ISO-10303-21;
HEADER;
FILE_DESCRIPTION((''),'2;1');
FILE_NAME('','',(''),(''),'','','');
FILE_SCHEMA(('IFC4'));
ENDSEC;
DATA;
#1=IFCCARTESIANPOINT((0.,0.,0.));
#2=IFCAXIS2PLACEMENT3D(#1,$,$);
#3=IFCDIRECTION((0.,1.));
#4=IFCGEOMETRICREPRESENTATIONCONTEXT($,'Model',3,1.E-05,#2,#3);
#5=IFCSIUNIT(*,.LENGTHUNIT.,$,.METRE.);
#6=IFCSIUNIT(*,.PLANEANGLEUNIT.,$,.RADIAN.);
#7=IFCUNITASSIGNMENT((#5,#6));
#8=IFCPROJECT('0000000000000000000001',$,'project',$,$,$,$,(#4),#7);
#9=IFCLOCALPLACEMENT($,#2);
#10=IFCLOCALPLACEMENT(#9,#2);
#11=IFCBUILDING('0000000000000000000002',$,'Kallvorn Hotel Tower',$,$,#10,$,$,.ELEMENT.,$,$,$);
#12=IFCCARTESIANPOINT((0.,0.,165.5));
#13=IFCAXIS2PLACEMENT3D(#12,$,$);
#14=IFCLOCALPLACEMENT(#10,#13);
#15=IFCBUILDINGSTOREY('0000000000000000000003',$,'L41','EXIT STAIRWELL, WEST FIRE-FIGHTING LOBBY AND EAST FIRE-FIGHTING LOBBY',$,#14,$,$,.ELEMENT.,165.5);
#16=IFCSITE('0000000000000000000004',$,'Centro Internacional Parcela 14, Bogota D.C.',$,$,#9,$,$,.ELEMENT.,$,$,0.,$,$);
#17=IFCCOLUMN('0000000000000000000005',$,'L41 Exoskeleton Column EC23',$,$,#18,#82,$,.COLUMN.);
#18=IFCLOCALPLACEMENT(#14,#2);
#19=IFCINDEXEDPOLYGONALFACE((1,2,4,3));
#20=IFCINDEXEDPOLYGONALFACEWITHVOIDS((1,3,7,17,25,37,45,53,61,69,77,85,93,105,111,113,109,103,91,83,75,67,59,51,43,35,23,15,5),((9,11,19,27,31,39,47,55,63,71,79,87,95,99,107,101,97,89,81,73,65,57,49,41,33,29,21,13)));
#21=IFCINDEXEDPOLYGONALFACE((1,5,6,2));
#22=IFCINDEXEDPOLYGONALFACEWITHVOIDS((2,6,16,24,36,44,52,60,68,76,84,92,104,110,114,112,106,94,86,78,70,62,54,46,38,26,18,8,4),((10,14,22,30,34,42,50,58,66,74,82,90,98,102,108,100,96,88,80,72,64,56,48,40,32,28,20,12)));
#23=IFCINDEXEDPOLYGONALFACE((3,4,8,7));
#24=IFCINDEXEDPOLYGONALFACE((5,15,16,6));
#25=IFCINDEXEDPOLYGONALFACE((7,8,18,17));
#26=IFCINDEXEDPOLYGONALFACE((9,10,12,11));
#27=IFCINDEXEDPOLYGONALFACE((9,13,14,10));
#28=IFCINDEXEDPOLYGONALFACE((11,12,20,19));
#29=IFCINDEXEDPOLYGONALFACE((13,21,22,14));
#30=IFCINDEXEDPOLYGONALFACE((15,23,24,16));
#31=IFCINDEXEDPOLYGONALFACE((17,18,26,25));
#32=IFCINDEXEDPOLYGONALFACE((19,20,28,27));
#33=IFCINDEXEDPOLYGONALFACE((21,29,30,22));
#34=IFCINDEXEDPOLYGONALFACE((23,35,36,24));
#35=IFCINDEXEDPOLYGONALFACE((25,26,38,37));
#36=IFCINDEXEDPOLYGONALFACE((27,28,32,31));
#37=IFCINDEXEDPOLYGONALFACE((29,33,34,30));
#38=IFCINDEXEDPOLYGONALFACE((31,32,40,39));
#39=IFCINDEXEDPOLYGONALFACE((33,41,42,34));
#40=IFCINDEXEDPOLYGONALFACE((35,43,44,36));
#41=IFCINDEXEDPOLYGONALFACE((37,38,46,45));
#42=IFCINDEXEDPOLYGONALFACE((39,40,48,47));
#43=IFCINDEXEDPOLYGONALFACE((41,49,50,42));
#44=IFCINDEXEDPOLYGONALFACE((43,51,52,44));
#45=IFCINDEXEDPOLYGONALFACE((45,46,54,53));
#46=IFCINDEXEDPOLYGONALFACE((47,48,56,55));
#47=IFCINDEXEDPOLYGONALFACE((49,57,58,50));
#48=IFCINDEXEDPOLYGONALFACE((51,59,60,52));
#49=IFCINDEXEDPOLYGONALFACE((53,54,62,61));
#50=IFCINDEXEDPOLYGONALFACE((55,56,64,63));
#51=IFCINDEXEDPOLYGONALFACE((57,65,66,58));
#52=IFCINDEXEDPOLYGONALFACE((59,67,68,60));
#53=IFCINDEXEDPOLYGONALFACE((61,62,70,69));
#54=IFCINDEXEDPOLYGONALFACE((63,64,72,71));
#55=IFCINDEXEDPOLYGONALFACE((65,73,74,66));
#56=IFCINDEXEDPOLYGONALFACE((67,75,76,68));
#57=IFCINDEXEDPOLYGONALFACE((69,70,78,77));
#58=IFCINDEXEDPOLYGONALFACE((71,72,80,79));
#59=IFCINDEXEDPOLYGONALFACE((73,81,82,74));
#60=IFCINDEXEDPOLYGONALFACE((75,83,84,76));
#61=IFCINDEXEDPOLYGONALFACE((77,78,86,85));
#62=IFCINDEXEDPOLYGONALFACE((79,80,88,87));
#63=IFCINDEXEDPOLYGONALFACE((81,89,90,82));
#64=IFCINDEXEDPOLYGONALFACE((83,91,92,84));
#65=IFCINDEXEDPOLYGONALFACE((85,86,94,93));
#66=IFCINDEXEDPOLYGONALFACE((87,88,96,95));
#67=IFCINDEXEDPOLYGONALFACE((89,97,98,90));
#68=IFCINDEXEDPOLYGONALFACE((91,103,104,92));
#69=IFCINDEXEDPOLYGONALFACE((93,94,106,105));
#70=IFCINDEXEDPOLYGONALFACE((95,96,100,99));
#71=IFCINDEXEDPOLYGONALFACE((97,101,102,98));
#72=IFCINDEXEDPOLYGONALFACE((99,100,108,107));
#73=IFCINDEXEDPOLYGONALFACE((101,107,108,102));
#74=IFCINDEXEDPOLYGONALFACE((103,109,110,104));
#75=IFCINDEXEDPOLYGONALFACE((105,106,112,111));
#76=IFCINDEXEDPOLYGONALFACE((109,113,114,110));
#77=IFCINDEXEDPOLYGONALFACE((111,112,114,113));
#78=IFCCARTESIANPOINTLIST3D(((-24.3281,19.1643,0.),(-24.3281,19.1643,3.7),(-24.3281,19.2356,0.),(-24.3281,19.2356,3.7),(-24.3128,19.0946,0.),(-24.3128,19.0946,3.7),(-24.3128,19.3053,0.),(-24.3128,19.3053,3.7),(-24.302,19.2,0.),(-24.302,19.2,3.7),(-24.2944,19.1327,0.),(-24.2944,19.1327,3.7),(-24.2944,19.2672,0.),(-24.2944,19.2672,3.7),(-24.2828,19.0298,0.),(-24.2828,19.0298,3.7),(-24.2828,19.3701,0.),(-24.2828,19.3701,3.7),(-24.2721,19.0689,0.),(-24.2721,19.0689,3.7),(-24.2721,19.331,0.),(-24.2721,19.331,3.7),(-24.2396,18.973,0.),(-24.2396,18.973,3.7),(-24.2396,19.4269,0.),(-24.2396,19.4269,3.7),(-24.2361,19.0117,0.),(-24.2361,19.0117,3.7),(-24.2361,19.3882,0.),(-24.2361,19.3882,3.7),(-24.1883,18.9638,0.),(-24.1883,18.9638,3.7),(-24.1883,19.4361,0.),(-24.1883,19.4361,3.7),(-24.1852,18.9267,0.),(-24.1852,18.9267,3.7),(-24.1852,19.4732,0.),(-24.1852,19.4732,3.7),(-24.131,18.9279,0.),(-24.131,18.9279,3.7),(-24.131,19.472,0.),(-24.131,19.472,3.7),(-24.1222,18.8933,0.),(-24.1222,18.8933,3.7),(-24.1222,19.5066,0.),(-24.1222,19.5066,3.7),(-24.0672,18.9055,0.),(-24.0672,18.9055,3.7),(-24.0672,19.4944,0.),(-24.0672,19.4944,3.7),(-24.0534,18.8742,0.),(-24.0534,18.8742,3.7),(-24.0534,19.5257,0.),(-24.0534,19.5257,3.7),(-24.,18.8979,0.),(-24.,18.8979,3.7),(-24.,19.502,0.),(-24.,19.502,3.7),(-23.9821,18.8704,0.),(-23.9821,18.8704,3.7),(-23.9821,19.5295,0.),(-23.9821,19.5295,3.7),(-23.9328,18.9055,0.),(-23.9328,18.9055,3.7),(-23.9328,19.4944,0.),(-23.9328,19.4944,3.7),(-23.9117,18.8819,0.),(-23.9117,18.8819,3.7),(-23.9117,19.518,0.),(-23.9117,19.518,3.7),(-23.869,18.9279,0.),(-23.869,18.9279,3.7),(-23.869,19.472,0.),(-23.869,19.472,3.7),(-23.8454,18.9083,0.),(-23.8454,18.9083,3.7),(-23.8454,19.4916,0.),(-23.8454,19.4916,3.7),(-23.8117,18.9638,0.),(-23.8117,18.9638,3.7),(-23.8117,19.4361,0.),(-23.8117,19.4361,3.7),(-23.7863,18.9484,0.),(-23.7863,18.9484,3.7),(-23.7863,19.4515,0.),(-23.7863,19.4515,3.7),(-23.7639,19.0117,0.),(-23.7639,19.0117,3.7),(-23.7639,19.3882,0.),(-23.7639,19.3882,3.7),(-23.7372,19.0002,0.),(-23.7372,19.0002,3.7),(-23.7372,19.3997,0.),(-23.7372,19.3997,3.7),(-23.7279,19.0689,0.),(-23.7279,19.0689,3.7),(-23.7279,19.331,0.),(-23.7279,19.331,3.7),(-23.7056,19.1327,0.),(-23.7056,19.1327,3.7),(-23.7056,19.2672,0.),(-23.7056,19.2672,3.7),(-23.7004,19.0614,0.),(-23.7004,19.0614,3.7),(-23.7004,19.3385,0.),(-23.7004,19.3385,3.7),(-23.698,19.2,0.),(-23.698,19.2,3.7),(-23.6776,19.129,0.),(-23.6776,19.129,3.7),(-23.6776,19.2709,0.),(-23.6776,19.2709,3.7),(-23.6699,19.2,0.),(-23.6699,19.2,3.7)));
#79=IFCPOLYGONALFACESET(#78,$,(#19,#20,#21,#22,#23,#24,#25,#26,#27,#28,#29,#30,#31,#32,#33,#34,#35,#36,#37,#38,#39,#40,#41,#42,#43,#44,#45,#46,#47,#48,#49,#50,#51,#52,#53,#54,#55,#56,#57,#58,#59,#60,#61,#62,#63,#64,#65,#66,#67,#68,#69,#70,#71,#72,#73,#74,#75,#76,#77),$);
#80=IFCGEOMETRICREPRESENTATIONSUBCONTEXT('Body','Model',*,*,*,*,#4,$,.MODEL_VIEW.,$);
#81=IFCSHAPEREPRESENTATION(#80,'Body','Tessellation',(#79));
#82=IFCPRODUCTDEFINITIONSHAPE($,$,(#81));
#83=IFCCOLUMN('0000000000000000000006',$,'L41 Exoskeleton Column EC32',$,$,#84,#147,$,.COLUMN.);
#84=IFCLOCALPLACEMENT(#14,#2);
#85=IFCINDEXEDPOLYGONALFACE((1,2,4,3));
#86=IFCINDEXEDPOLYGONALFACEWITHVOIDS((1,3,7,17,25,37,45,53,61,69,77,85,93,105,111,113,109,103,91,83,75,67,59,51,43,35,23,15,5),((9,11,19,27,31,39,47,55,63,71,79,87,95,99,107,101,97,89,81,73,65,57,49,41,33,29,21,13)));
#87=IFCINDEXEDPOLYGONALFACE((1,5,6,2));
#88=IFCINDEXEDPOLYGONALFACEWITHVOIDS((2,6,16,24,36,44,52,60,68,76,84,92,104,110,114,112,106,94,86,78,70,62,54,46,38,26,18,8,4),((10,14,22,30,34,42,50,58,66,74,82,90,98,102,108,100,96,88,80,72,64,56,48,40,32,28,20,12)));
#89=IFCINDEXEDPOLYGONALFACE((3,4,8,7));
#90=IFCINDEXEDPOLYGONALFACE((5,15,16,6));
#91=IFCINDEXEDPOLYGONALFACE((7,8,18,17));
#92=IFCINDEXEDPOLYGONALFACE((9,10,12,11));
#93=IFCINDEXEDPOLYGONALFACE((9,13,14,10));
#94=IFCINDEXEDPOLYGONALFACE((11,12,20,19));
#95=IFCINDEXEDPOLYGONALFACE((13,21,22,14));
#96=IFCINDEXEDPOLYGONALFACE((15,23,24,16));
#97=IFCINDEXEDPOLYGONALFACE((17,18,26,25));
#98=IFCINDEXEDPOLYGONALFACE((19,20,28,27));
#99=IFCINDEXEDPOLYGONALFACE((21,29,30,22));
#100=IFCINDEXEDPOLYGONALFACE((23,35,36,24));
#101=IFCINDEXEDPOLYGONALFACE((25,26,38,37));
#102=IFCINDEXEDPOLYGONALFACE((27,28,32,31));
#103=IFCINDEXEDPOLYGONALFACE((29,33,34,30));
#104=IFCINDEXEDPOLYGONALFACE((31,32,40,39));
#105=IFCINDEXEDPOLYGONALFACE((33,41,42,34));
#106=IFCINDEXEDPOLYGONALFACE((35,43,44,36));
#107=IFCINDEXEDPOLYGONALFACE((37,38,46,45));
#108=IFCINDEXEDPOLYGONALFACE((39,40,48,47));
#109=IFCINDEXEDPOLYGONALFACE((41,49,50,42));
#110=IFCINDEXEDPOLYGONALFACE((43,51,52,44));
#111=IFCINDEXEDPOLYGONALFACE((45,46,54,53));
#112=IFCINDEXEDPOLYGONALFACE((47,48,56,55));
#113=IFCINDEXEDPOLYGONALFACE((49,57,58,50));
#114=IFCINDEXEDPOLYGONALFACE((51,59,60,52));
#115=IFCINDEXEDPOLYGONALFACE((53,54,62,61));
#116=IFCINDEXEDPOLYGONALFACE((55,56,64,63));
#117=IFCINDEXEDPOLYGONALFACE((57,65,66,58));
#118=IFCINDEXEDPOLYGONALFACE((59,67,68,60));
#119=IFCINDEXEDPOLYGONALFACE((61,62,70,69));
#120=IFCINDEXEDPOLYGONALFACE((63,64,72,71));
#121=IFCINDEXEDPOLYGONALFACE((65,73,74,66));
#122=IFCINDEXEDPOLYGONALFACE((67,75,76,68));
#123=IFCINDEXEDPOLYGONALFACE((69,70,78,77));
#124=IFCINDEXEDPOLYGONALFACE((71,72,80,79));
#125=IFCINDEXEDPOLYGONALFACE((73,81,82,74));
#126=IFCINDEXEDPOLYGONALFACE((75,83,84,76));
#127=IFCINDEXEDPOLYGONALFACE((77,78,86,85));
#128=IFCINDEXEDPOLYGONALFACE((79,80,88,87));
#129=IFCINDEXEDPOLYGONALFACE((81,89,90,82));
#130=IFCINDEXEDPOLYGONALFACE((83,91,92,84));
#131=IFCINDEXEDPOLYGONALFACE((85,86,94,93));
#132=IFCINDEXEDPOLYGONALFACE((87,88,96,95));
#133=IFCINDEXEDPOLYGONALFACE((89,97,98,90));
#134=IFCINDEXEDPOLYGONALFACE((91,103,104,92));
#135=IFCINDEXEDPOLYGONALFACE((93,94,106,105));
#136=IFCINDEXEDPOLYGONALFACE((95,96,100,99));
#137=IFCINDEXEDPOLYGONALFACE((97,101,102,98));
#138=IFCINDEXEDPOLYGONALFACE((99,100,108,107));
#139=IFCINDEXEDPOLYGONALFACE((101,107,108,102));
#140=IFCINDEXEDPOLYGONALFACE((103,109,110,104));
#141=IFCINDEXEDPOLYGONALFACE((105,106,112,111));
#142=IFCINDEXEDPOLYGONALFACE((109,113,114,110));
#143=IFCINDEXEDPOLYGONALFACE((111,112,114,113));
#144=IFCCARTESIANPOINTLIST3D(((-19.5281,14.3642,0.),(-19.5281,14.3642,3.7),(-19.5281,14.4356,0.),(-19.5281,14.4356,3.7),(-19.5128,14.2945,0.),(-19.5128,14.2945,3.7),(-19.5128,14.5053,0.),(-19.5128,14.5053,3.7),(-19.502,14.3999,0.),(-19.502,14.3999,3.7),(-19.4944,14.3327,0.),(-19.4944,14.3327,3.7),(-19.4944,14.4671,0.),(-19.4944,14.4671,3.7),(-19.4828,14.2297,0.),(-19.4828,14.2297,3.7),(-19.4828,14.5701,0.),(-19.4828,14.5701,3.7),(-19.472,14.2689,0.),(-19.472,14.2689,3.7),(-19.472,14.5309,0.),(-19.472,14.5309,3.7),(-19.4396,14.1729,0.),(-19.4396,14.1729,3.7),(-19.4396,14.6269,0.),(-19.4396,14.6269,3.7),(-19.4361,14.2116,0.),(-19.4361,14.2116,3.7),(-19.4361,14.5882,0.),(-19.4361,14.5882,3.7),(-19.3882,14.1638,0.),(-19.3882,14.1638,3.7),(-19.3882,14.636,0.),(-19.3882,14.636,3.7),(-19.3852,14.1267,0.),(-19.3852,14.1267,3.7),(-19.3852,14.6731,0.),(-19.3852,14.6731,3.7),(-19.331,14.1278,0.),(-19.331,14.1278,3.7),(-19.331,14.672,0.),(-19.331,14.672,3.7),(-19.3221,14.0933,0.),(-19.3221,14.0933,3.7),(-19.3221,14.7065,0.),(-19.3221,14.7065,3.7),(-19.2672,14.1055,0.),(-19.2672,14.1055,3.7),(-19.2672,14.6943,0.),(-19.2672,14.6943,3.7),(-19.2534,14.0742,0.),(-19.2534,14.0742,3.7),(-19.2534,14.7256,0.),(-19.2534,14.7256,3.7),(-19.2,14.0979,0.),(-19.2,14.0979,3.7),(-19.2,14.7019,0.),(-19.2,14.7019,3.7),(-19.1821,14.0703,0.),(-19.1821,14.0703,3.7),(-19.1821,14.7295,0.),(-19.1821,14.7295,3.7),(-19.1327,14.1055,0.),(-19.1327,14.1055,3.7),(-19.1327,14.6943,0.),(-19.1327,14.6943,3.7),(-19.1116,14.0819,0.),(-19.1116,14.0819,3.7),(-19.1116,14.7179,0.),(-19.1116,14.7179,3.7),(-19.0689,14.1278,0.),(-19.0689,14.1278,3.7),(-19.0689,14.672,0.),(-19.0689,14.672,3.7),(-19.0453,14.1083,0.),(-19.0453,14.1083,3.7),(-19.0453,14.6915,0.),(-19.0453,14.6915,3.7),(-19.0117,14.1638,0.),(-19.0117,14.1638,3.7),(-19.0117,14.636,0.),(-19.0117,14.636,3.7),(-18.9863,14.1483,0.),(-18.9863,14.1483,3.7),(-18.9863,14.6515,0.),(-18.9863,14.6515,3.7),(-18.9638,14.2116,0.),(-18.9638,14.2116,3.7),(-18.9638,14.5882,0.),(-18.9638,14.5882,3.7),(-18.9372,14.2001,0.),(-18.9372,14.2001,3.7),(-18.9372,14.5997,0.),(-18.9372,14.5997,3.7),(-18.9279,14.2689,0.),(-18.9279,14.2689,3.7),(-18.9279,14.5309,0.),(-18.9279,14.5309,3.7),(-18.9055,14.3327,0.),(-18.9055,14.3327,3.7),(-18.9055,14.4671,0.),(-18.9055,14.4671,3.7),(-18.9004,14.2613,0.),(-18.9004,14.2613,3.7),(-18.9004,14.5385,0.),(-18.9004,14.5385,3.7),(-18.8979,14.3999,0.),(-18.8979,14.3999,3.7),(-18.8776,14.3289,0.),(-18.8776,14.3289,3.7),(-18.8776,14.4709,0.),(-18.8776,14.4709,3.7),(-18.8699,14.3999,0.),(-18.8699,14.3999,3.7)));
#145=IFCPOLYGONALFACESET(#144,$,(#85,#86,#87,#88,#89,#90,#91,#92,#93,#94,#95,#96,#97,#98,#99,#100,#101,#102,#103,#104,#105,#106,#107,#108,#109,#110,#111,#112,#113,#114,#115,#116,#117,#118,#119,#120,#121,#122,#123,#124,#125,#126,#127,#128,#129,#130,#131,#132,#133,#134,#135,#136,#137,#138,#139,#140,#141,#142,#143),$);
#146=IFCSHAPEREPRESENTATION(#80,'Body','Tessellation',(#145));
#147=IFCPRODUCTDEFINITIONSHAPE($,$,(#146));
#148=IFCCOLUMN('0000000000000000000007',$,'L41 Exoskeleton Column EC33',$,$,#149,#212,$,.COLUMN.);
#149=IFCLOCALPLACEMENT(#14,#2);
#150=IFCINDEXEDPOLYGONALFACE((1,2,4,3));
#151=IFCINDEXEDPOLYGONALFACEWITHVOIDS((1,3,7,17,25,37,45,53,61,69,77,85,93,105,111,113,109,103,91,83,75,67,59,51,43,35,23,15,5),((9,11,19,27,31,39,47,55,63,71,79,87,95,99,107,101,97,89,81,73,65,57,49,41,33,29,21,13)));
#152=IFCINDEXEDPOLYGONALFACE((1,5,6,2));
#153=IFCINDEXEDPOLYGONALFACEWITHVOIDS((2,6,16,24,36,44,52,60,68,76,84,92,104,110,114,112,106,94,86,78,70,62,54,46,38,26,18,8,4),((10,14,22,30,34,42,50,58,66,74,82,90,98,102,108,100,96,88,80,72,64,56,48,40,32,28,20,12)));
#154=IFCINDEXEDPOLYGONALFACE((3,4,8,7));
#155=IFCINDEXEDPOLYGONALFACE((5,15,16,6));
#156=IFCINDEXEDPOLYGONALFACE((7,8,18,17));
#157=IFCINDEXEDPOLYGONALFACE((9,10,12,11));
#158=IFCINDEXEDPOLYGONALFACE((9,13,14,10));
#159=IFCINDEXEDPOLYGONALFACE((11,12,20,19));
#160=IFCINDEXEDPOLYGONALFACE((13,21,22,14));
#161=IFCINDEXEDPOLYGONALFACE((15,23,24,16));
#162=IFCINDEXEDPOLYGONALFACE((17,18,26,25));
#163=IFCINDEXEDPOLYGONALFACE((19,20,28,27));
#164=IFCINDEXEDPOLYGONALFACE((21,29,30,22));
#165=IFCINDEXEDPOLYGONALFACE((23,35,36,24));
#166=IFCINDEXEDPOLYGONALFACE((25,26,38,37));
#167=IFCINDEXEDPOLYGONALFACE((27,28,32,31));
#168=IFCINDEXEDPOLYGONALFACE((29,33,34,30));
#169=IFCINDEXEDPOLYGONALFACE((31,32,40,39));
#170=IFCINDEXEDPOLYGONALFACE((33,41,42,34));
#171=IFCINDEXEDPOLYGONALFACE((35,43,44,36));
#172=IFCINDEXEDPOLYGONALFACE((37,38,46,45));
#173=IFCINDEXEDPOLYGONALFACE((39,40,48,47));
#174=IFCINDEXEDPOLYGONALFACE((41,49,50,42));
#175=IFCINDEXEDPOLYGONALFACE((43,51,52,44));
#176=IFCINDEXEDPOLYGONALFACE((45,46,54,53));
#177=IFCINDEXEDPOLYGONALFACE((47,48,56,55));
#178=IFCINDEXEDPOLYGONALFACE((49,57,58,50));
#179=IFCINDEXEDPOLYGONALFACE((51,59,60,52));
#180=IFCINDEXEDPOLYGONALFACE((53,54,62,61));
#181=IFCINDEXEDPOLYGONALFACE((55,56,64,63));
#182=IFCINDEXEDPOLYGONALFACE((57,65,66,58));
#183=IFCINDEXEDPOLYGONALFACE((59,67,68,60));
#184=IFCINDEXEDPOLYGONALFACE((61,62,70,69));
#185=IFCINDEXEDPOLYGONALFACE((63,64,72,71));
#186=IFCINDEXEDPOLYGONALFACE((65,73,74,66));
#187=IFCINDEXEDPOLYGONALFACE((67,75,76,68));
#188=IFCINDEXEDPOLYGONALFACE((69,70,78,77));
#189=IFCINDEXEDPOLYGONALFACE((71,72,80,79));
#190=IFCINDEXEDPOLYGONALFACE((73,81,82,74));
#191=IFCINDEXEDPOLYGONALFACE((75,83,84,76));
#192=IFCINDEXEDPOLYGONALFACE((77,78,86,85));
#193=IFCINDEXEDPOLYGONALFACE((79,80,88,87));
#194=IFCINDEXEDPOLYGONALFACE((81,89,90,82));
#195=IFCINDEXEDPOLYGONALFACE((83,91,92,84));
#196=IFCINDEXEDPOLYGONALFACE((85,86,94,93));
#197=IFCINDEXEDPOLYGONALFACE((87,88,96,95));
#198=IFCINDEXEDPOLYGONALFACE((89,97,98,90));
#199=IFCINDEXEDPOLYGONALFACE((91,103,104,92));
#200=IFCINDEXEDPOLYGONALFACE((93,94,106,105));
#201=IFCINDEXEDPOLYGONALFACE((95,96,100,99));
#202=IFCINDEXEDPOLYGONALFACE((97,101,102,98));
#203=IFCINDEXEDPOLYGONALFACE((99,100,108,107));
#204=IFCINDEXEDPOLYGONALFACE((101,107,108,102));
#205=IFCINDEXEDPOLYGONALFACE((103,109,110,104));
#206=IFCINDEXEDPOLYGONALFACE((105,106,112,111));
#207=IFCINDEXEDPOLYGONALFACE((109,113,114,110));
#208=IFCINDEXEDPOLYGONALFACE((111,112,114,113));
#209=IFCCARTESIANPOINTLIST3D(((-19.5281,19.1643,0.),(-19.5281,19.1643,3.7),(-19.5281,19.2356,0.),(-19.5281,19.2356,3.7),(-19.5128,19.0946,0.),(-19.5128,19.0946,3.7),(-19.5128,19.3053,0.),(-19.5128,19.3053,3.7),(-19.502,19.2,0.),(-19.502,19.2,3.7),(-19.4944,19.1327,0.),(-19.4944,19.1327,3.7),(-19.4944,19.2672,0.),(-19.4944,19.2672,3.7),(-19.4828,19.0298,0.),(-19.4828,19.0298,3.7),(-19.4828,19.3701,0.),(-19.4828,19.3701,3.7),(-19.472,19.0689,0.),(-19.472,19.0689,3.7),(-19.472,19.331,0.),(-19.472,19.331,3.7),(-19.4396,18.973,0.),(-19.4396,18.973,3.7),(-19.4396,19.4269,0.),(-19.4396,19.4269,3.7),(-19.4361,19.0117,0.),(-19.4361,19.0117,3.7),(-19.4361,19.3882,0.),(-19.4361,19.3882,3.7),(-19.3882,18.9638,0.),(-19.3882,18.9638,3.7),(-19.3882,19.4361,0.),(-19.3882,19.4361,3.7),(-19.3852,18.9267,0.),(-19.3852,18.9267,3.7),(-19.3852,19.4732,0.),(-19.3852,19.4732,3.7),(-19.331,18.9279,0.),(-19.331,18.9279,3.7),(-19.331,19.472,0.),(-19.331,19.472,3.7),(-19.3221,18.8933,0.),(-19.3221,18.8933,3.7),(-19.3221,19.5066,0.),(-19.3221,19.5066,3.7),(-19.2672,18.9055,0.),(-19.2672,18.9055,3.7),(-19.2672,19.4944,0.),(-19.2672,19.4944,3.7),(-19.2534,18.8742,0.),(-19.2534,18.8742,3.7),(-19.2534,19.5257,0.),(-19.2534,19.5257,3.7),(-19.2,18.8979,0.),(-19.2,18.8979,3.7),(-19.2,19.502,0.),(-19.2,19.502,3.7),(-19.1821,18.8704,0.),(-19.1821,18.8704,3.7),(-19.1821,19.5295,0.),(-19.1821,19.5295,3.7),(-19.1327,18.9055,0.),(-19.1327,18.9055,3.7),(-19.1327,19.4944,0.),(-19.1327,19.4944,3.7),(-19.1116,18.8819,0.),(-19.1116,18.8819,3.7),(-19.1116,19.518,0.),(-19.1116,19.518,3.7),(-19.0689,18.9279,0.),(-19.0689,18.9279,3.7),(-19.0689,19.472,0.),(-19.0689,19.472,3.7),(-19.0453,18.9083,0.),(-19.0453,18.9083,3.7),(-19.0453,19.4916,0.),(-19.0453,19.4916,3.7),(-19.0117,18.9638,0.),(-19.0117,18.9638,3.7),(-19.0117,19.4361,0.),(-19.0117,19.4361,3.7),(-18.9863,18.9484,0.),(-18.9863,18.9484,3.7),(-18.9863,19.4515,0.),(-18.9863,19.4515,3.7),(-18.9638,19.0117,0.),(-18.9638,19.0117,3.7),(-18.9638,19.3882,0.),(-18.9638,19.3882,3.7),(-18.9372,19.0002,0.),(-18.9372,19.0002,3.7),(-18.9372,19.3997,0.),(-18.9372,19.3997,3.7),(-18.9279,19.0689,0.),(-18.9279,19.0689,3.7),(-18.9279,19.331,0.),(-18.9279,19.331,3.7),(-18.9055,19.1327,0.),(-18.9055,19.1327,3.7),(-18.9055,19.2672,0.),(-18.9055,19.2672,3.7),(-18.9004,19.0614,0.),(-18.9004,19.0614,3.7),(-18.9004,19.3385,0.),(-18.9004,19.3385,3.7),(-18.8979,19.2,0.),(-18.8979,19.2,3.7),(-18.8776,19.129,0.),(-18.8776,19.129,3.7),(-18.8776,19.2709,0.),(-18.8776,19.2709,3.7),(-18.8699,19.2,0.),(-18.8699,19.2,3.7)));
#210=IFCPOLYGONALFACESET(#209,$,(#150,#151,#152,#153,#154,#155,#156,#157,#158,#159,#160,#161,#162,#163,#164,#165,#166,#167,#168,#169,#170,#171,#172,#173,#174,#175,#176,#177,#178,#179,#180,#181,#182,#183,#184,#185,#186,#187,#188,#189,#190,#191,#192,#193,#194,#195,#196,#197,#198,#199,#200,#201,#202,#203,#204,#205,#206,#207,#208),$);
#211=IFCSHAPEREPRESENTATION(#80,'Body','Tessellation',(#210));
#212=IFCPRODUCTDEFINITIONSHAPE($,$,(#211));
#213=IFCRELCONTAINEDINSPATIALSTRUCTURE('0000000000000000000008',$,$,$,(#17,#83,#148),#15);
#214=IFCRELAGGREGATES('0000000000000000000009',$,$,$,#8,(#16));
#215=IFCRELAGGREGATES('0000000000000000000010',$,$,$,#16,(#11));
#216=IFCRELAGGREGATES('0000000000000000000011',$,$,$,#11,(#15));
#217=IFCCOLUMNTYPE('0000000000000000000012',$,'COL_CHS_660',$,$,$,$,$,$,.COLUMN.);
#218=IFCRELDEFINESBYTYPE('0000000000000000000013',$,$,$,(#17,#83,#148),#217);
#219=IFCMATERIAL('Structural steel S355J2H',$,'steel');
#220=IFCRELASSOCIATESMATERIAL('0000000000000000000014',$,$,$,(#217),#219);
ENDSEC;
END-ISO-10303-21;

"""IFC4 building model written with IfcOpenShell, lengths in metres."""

from ifc_helpers import new_model, si_unit, direction, frame, origin, origin_2d, place, context, subcontext, project, spatial, hollow_circle, extrude, material, material_profile, profile_set, type_object, element, save


model = new_model("IFC4")

# Units and contexts
model_context = context("Model", 3, precision=1e-05, world=origin(), true_north=direction((0.0, 1.0)))
body_context = subcontext(model_context, "Body", "Model", "MODEL_VIEW")
ifc_project = project(units=[si_unit("LENGTHUNIT", "METRE"), si_unit("PLANEANGLEUNIT", "RADIAN")], contexts=[model_context])

# Site, building, storey
site_placement = place(None, origin())
site = spatial("IfcSite", under=ifc_project, at=site_placement, Name="Centro Internacional Parcela 14, Bogota D.C.", CompositionType="ELEMENT", RefElevation=0.0)
building_placement = place(site_placement, origin())
building = spatial("IfcBuilding", under=site, at=building_placement, Name="Kallvorn Hotel Tower", CompositionType="ELEMENT")
storey_placement = place(building_placement, frame((0.0, 0.0, 165.5)))
storey = spatial("IfcBuildingStorey", under=building, at=storey_placement, Name="L41", Description="EXIT STAIRWELL, WEST FIRE-FIGHTING LOBBY AND EAST FIRE-FIGHTING LOBBY", CompositionType="ELEMENT", Elevation=165.5)

# Columns
ifc_material_1 = material(Name="Structural steel S355J2H", Category="steel")
ifc_material_profile_1 = material_profile(ifc_material_1, hollow_circle(Radius=0.3301, WallThickness=0.0281, at=origin_2d()), Name="CHS 660x28")
ifc_profile_set_1 = profile_set([ifc_material_profile_1], Name="Structural steel S355J2H")
column_type_1 = type_object("IfcColumnType", Name="COL_CHS_660", PredefinedType="COLUMN", material=ifc_profile_set_1)
for number, where, z_axis, x_axis, name in (
    (1, (-24.0, 19.2, 0.0), (0.0, 0.0, 1.0), (1.0, 0.0, 0.0), "L41 Exoskeleton Column EC23"),
    (2, (-19.2, 14.3999, 0.0), (0.0, 0.0, 1.0), (1.0, 0.0, 0.0), "L41 Exoskeleton Column EC32"),
    (3, (-19.2, 19.2, 0.0), (0.0, 0.0, 1.0), (1.0, 0.0, 0.0), "L41 Exoskeleton Column EC33"),
):
    element("IfcColumn", number, at=place(storey_placement, frame(where, z_axis=z_axis, x_axis=x_axis)), inside=storey, type_object=column_type_1, Name=name, PredefinedType="COLUMN", context=body_context, shape_type="SweptSolid", body=[
        extrude(hollow_circle(Radius=0.3301, WallThickness=0.0281, at=origin_2d()), origin(), (0.0, 0.0, 1.0), 3.7),
    ])

save(model, "model.ifc")
